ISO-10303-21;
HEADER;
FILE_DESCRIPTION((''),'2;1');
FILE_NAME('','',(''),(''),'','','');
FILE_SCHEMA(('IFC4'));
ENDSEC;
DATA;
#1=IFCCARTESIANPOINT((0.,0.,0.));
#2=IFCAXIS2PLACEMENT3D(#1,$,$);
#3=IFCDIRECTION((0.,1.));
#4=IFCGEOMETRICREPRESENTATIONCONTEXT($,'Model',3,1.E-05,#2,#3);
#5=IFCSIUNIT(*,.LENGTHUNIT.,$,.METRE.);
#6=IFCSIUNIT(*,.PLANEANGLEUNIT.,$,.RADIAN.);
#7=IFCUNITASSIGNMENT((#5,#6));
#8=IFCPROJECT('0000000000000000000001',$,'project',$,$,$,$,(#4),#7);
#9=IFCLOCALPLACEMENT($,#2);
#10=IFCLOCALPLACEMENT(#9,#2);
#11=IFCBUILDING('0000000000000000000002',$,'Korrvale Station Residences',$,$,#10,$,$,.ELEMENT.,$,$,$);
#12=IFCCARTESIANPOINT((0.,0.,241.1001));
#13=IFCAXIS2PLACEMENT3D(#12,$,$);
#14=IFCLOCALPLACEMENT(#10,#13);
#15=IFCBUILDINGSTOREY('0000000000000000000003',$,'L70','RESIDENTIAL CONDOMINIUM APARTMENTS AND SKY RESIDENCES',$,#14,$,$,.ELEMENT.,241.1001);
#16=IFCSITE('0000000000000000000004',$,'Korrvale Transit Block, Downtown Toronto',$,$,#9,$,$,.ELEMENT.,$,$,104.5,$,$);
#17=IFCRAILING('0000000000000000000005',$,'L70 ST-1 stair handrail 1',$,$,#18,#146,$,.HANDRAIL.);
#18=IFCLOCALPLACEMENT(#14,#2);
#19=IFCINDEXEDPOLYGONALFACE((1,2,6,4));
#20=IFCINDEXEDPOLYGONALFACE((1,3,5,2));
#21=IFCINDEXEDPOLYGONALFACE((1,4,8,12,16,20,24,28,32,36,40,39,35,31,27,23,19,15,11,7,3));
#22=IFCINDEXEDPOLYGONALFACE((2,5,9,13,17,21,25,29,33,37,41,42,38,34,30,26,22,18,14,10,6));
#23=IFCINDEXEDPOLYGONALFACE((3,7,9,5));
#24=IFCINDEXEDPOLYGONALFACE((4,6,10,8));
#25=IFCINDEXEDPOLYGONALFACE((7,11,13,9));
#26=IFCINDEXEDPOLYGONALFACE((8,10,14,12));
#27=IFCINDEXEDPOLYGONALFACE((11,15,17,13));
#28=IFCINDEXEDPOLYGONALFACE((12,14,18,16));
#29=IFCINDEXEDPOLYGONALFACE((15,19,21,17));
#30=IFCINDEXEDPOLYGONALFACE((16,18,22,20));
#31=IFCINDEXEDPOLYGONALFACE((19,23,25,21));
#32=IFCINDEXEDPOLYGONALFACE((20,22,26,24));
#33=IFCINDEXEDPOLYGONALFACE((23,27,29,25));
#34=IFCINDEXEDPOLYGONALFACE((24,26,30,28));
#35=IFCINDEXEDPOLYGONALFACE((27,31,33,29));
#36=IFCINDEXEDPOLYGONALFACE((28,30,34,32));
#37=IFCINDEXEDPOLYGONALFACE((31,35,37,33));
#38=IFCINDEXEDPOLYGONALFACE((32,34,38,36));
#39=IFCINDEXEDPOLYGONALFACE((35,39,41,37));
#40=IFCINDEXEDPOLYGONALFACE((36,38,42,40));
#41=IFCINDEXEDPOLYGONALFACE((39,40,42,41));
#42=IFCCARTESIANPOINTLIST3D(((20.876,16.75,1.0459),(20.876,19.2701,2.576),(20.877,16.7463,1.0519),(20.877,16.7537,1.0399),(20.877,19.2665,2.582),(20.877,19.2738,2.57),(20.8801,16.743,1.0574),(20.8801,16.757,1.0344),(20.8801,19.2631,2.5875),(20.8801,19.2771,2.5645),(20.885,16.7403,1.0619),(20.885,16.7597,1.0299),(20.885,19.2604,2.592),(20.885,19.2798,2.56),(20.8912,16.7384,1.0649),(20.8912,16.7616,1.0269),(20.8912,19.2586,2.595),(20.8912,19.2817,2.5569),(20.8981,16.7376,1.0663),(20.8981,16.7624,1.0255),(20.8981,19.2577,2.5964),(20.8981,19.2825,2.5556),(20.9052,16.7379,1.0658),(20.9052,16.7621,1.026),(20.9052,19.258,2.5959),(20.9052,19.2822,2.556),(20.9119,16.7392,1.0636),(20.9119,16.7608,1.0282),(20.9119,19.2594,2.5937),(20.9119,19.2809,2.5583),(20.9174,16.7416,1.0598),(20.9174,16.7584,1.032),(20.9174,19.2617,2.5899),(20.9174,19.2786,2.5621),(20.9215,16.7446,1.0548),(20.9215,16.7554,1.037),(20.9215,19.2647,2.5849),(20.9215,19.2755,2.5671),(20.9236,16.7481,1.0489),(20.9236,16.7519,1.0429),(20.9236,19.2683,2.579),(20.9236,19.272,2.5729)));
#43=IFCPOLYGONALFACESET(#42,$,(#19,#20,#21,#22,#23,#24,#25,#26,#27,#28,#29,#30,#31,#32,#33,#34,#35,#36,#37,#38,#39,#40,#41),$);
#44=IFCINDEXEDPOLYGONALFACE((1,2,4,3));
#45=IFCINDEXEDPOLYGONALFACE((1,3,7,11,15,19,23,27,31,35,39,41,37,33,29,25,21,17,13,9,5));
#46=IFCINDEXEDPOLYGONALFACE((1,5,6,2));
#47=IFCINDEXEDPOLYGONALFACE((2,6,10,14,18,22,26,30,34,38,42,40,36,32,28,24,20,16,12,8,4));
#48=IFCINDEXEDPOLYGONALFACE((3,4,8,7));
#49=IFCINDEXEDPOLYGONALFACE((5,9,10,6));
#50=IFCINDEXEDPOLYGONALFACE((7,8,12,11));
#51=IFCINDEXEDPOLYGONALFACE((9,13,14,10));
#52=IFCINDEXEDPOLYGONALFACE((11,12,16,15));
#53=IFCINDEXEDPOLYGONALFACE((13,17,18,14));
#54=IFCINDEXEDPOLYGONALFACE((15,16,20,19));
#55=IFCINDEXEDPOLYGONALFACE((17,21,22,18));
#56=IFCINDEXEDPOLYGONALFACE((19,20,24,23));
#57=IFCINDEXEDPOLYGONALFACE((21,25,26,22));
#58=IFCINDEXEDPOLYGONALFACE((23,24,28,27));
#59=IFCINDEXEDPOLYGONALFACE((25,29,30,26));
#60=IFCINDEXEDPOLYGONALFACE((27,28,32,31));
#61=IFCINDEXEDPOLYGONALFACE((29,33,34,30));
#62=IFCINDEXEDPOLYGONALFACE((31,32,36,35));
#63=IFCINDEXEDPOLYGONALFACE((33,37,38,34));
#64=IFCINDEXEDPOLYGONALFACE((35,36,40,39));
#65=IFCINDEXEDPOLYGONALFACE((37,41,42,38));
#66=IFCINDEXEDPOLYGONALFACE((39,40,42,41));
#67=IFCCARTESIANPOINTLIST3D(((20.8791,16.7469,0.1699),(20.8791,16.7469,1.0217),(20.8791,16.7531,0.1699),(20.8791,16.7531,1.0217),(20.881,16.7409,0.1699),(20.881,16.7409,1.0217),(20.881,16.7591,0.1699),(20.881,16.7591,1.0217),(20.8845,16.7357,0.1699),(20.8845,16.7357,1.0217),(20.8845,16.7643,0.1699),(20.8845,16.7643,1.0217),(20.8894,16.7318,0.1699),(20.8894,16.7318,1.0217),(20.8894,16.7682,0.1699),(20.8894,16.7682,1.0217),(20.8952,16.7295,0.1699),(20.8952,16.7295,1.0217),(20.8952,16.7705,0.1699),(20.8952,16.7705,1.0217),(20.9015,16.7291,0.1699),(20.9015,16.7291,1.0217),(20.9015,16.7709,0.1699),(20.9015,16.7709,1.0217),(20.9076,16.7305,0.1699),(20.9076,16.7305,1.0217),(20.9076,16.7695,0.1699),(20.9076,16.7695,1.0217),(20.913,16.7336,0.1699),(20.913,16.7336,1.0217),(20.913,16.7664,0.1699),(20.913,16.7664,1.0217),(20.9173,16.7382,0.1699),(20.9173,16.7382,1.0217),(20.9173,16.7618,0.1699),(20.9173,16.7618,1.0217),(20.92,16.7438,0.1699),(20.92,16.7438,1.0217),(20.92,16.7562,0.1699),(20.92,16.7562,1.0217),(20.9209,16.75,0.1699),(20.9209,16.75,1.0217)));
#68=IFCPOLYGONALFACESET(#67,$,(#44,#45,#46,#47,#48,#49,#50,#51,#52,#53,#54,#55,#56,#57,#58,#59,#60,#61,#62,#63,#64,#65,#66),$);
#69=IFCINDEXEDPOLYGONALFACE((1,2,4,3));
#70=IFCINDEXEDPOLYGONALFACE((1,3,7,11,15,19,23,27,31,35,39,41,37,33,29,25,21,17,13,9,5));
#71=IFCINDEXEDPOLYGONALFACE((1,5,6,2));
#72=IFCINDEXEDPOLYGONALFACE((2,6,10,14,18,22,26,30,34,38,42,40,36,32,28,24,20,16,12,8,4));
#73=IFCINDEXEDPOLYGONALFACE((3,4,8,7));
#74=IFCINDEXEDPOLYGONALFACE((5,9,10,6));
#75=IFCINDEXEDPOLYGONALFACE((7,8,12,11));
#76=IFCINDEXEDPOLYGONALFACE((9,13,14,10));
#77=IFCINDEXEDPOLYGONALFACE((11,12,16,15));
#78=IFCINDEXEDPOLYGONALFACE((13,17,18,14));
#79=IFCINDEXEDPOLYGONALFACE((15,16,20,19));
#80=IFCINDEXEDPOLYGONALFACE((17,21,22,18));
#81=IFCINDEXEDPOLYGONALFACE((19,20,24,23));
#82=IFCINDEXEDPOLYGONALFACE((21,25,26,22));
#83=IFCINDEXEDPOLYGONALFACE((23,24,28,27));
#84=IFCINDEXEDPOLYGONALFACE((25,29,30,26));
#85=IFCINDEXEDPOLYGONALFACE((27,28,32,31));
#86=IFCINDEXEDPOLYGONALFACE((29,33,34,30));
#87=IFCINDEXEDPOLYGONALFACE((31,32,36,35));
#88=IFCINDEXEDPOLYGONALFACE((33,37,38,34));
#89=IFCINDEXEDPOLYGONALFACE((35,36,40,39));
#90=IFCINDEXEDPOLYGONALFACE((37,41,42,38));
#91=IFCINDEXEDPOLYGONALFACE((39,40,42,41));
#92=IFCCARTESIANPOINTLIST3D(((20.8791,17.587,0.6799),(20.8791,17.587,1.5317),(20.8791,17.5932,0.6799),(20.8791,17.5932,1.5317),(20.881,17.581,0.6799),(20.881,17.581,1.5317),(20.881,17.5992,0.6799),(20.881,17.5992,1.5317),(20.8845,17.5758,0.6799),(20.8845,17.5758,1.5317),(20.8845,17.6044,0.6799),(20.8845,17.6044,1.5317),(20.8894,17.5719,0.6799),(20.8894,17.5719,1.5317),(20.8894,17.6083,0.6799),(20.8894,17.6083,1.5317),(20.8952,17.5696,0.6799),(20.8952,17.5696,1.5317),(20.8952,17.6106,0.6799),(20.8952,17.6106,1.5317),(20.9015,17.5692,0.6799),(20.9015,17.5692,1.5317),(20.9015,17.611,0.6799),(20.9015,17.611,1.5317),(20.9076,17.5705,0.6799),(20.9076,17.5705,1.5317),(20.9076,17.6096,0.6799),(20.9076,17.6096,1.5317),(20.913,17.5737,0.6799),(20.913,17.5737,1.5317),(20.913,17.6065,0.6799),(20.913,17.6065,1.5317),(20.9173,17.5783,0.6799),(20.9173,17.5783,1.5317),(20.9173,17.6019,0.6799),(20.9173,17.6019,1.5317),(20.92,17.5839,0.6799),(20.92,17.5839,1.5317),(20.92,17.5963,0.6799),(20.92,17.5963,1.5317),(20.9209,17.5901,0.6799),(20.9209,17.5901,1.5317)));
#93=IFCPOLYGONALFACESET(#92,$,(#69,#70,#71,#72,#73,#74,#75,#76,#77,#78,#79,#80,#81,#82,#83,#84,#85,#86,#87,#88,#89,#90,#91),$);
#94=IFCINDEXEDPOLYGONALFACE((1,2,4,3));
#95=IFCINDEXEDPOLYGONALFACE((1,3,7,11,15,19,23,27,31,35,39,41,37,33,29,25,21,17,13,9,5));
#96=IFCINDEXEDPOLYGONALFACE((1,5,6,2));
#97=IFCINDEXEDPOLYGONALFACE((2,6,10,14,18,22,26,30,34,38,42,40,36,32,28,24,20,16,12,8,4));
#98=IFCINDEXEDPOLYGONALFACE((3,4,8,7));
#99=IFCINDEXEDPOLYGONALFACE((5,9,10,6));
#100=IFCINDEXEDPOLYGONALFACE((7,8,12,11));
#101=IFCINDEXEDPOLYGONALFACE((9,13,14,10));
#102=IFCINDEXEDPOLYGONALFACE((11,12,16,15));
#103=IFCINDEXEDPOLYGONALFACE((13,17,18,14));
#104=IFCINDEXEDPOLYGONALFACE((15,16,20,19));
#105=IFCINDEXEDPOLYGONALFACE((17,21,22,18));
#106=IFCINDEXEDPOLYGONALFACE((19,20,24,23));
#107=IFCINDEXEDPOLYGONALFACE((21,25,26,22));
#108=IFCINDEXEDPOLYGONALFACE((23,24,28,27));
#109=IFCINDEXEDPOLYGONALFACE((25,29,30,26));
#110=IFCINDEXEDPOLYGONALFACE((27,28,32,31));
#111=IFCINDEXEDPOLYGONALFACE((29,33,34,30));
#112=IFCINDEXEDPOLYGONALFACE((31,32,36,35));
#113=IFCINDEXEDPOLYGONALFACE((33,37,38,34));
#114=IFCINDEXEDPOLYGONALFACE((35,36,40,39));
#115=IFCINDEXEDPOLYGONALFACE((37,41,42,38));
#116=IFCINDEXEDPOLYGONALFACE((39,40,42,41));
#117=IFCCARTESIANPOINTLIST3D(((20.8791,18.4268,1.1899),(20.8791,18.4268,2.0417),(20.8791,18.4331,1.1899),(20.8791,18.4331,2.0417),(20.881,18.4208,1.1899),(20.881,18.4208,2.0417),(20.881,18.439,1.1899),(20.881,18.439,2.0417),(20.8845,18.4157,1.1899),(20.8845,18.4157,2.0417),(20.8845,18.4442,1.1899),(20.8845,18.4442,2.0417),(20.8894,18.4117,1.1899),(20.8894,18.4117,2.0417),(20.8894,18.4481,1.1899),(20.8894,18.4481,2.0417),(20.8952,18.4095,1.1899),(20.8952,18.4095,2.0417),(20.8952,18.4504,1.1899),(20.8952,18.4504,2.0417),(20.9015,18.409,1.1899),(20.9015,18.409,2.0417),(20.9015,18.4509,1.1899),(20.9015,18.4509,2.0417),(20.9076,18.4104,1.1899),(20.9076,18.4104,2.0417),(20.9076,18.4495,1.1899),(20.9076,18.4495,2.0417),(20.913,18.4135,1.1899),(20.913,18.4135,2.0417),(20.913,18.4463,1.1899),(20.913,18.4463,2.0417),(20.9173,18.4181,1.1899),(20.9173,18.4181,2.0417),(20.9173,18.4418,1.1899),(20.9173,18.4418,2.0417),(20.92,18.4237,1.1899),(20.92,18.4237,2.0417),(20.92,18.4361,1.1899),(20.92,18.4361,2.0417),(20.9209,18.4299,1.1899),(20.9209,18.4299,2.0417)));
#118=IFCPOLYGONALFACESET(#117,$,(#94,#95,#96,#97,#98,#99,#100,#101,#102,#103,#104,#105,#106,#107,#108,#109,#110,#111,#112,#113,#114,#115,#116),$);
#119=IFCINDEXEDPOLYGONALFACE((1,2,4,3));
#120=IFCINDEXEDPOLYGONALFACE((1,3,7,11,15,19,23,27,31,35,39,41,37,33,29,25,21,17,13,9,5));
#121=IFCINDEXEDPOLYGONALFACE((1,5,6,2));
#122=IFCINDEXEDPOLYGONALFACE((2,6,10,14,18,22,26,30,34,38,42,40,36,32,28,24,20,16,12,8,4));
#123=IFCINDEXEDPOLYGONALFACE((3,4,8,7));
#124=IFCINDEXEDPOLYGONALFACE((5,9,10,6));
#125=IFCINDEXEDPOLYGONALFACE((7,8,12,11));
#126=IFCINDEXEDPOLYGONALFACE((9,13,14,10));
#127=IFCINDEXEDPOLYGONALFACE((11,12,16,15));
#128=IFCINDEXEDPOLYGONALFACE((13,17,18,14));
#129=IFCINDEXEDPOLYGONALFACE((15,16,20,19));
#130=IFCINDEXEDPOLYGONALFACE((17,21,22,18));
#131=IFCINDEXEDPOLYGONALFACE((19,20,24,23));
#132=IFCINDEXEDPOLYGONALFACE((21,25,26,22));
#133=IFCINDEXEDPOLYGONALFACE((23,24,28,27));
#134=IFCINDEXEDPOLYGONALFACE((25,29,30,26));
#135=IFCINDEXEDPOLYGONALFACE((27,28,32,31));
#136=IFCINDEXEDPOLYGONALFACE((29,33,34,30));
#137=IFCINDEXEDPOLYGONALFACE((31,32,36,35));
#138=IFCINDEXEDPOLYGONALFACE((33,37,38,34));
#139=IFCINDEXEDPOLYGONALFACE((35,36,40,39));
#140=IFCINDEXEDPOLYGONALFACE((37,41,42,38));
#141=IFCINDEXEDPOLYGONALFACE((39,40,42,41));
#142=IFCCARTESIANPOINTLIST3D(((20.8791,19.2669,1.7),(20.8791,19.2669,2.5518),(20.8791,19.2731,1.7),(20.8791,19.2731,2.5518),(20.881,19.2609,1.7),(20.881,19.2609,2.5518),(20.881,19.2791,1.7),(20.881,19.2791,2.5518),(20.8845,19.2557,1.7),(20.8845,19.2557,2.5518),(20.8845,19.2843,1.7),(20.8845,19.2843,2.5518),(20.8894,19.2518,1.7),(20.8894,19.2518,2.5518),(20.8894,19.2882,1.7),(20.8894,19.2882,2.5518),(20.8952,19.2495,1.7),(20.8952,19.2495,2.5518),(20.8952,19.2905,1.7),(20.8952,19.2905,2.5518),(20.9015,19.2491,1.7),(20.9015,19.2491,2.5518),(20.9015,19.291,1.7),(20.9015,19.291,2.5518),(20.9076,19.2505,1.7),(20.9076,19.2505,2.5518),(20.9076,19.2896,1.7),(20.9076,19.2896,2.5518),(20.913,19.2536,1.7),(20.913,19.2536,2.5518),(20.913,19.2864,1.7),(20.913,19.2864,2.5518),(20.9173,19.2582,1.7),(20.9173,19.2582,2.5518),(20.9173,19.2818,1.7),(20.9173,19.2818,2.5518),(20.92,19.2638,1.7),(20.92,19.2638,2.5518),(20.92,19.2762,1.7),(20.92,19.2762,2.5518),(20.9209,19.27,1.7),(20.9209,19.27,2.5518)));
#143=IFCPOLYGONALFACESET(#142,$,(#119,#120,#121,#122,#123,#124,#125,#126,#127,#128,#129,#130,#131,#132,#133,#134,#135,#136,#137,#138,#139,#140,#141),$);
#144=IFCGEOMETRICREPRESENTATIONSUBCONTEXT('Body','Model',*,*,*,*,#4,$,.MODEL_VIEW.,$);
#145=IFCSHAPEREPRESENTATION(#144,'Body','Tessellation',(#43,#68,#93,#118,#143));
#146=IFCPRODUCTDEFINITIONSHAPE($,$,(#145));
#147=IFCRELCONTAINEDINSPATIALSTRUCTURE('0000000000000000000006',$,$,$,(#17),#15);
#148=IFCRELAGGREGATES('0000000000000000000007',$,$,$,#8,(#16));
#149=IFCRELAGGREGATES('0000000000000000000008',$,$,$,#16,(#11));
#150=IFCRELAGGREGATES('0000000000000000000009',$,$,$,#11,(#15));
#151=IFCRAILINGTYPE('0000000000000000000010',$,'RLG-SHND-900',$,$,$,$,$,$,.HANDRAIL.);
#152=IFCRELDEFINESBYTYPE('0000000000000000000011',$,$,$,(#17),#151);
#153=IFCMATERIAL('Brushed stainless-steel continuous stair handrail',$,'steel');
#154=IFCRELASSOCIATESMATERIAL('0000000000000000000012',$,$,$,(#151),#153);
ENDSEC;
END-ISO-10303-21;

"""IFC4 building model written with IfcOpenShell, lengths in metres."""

from ifc_helpers import new_model, si_unit, direction, frame, origin, origin_2d, place, context, subcontext, project, spatial, circle, extrude, material, type_object, element, save


model = new_model("IFC4")

# Units and contexts
model_context = context("Model", 3, precision=1e-05, world=origin(), true_north=direction((0.0, 1.0)))
body_context = subcontext(model_context, "Body", "Model", "MODEL_VIEW")
ifc_project = project(units=[si_unit("LENGTHUNIT", "METRE"), si_unit("PLANEANGLEUNIT", "RADIAN")], contexts=[model_context])

# Site, building, storey
site_placement = place(None, origin())
site = spatial("IfcSite", under=ifc_project, at=site_placement, Name="Korrvale Transit Block, Downtown Toronto", CompositionType="ELEMENT", RefElevation=104.5)
building_placement = place(site_placement, origin())
building = spatial("IfcBuilding", under=site, at=building_placement, Name="Korrvale Station Residences", CompositionType="ELEMENT")
storey_placement = place(building_placement, frame((0.0, 0.0, 241.1001)))
storey = spatial("IfcBuildingStorey", under=building, at=storey_placement, Name="L70", Description="RESIDENTIAL CONDOMINIUM APARTMENTS AND SKY RESIDENCES", CompositionType="ELEMENT", Elevation=241.1001)

# Railing
ifc_material_1 = material(Name="Brushed stainless-steel continuous stair handrail", Category="steel")
railing_type_1 = type_object("IfcRailingType", Name="RLG-SHND-900", PredefinedType="HANDRAIL", material=ifc_material_1)
railing_1_placement = place(storey_placement, frame((20.8999, 16.75, 0.1699)))
element("IfcRailing", 1, at=railing_1_placement, inside=storey, type_object=railing_type_1, Name="L70 ST-1 stair handrail 1", PredefinedType="HANDRAIL", context=body_context, shape_type="SweptSolid", body=[
    extrude(circle(Radius=0.0239, at=origin_2d()), frame((0.0, 0.0, 0.876), z_axis=(0.0, 0.854785, 0.518982), x_axis=(-1.0, 0.0, 0.0)), (0.0, 0.0, 1.0), 2.9482),
    extrude(circle(Radius=0.021, at=origin_2d()), origin(), (0.0, 0.0, 1.0), 0.8518),
    extrude(circle(Radius=0.021, at=origin_2d()), frame((0.0, 0.8401, 0.51)), (0.0, 0.0, 1.0), 0.8518),
    extrude(circle(Radius=0.021, at=origin_2d()), frame((0.0, 1.6799, 1.02)), (0.0, 0.0, 1.0), 0.8518),
    extrude(circle(Radius=0.021, at=origin_2d()), frame((0.0, 2.52, 1.53)), (0.0, 0.0, 1.0), 0.8518),
])

save(model, "model.ifc")
